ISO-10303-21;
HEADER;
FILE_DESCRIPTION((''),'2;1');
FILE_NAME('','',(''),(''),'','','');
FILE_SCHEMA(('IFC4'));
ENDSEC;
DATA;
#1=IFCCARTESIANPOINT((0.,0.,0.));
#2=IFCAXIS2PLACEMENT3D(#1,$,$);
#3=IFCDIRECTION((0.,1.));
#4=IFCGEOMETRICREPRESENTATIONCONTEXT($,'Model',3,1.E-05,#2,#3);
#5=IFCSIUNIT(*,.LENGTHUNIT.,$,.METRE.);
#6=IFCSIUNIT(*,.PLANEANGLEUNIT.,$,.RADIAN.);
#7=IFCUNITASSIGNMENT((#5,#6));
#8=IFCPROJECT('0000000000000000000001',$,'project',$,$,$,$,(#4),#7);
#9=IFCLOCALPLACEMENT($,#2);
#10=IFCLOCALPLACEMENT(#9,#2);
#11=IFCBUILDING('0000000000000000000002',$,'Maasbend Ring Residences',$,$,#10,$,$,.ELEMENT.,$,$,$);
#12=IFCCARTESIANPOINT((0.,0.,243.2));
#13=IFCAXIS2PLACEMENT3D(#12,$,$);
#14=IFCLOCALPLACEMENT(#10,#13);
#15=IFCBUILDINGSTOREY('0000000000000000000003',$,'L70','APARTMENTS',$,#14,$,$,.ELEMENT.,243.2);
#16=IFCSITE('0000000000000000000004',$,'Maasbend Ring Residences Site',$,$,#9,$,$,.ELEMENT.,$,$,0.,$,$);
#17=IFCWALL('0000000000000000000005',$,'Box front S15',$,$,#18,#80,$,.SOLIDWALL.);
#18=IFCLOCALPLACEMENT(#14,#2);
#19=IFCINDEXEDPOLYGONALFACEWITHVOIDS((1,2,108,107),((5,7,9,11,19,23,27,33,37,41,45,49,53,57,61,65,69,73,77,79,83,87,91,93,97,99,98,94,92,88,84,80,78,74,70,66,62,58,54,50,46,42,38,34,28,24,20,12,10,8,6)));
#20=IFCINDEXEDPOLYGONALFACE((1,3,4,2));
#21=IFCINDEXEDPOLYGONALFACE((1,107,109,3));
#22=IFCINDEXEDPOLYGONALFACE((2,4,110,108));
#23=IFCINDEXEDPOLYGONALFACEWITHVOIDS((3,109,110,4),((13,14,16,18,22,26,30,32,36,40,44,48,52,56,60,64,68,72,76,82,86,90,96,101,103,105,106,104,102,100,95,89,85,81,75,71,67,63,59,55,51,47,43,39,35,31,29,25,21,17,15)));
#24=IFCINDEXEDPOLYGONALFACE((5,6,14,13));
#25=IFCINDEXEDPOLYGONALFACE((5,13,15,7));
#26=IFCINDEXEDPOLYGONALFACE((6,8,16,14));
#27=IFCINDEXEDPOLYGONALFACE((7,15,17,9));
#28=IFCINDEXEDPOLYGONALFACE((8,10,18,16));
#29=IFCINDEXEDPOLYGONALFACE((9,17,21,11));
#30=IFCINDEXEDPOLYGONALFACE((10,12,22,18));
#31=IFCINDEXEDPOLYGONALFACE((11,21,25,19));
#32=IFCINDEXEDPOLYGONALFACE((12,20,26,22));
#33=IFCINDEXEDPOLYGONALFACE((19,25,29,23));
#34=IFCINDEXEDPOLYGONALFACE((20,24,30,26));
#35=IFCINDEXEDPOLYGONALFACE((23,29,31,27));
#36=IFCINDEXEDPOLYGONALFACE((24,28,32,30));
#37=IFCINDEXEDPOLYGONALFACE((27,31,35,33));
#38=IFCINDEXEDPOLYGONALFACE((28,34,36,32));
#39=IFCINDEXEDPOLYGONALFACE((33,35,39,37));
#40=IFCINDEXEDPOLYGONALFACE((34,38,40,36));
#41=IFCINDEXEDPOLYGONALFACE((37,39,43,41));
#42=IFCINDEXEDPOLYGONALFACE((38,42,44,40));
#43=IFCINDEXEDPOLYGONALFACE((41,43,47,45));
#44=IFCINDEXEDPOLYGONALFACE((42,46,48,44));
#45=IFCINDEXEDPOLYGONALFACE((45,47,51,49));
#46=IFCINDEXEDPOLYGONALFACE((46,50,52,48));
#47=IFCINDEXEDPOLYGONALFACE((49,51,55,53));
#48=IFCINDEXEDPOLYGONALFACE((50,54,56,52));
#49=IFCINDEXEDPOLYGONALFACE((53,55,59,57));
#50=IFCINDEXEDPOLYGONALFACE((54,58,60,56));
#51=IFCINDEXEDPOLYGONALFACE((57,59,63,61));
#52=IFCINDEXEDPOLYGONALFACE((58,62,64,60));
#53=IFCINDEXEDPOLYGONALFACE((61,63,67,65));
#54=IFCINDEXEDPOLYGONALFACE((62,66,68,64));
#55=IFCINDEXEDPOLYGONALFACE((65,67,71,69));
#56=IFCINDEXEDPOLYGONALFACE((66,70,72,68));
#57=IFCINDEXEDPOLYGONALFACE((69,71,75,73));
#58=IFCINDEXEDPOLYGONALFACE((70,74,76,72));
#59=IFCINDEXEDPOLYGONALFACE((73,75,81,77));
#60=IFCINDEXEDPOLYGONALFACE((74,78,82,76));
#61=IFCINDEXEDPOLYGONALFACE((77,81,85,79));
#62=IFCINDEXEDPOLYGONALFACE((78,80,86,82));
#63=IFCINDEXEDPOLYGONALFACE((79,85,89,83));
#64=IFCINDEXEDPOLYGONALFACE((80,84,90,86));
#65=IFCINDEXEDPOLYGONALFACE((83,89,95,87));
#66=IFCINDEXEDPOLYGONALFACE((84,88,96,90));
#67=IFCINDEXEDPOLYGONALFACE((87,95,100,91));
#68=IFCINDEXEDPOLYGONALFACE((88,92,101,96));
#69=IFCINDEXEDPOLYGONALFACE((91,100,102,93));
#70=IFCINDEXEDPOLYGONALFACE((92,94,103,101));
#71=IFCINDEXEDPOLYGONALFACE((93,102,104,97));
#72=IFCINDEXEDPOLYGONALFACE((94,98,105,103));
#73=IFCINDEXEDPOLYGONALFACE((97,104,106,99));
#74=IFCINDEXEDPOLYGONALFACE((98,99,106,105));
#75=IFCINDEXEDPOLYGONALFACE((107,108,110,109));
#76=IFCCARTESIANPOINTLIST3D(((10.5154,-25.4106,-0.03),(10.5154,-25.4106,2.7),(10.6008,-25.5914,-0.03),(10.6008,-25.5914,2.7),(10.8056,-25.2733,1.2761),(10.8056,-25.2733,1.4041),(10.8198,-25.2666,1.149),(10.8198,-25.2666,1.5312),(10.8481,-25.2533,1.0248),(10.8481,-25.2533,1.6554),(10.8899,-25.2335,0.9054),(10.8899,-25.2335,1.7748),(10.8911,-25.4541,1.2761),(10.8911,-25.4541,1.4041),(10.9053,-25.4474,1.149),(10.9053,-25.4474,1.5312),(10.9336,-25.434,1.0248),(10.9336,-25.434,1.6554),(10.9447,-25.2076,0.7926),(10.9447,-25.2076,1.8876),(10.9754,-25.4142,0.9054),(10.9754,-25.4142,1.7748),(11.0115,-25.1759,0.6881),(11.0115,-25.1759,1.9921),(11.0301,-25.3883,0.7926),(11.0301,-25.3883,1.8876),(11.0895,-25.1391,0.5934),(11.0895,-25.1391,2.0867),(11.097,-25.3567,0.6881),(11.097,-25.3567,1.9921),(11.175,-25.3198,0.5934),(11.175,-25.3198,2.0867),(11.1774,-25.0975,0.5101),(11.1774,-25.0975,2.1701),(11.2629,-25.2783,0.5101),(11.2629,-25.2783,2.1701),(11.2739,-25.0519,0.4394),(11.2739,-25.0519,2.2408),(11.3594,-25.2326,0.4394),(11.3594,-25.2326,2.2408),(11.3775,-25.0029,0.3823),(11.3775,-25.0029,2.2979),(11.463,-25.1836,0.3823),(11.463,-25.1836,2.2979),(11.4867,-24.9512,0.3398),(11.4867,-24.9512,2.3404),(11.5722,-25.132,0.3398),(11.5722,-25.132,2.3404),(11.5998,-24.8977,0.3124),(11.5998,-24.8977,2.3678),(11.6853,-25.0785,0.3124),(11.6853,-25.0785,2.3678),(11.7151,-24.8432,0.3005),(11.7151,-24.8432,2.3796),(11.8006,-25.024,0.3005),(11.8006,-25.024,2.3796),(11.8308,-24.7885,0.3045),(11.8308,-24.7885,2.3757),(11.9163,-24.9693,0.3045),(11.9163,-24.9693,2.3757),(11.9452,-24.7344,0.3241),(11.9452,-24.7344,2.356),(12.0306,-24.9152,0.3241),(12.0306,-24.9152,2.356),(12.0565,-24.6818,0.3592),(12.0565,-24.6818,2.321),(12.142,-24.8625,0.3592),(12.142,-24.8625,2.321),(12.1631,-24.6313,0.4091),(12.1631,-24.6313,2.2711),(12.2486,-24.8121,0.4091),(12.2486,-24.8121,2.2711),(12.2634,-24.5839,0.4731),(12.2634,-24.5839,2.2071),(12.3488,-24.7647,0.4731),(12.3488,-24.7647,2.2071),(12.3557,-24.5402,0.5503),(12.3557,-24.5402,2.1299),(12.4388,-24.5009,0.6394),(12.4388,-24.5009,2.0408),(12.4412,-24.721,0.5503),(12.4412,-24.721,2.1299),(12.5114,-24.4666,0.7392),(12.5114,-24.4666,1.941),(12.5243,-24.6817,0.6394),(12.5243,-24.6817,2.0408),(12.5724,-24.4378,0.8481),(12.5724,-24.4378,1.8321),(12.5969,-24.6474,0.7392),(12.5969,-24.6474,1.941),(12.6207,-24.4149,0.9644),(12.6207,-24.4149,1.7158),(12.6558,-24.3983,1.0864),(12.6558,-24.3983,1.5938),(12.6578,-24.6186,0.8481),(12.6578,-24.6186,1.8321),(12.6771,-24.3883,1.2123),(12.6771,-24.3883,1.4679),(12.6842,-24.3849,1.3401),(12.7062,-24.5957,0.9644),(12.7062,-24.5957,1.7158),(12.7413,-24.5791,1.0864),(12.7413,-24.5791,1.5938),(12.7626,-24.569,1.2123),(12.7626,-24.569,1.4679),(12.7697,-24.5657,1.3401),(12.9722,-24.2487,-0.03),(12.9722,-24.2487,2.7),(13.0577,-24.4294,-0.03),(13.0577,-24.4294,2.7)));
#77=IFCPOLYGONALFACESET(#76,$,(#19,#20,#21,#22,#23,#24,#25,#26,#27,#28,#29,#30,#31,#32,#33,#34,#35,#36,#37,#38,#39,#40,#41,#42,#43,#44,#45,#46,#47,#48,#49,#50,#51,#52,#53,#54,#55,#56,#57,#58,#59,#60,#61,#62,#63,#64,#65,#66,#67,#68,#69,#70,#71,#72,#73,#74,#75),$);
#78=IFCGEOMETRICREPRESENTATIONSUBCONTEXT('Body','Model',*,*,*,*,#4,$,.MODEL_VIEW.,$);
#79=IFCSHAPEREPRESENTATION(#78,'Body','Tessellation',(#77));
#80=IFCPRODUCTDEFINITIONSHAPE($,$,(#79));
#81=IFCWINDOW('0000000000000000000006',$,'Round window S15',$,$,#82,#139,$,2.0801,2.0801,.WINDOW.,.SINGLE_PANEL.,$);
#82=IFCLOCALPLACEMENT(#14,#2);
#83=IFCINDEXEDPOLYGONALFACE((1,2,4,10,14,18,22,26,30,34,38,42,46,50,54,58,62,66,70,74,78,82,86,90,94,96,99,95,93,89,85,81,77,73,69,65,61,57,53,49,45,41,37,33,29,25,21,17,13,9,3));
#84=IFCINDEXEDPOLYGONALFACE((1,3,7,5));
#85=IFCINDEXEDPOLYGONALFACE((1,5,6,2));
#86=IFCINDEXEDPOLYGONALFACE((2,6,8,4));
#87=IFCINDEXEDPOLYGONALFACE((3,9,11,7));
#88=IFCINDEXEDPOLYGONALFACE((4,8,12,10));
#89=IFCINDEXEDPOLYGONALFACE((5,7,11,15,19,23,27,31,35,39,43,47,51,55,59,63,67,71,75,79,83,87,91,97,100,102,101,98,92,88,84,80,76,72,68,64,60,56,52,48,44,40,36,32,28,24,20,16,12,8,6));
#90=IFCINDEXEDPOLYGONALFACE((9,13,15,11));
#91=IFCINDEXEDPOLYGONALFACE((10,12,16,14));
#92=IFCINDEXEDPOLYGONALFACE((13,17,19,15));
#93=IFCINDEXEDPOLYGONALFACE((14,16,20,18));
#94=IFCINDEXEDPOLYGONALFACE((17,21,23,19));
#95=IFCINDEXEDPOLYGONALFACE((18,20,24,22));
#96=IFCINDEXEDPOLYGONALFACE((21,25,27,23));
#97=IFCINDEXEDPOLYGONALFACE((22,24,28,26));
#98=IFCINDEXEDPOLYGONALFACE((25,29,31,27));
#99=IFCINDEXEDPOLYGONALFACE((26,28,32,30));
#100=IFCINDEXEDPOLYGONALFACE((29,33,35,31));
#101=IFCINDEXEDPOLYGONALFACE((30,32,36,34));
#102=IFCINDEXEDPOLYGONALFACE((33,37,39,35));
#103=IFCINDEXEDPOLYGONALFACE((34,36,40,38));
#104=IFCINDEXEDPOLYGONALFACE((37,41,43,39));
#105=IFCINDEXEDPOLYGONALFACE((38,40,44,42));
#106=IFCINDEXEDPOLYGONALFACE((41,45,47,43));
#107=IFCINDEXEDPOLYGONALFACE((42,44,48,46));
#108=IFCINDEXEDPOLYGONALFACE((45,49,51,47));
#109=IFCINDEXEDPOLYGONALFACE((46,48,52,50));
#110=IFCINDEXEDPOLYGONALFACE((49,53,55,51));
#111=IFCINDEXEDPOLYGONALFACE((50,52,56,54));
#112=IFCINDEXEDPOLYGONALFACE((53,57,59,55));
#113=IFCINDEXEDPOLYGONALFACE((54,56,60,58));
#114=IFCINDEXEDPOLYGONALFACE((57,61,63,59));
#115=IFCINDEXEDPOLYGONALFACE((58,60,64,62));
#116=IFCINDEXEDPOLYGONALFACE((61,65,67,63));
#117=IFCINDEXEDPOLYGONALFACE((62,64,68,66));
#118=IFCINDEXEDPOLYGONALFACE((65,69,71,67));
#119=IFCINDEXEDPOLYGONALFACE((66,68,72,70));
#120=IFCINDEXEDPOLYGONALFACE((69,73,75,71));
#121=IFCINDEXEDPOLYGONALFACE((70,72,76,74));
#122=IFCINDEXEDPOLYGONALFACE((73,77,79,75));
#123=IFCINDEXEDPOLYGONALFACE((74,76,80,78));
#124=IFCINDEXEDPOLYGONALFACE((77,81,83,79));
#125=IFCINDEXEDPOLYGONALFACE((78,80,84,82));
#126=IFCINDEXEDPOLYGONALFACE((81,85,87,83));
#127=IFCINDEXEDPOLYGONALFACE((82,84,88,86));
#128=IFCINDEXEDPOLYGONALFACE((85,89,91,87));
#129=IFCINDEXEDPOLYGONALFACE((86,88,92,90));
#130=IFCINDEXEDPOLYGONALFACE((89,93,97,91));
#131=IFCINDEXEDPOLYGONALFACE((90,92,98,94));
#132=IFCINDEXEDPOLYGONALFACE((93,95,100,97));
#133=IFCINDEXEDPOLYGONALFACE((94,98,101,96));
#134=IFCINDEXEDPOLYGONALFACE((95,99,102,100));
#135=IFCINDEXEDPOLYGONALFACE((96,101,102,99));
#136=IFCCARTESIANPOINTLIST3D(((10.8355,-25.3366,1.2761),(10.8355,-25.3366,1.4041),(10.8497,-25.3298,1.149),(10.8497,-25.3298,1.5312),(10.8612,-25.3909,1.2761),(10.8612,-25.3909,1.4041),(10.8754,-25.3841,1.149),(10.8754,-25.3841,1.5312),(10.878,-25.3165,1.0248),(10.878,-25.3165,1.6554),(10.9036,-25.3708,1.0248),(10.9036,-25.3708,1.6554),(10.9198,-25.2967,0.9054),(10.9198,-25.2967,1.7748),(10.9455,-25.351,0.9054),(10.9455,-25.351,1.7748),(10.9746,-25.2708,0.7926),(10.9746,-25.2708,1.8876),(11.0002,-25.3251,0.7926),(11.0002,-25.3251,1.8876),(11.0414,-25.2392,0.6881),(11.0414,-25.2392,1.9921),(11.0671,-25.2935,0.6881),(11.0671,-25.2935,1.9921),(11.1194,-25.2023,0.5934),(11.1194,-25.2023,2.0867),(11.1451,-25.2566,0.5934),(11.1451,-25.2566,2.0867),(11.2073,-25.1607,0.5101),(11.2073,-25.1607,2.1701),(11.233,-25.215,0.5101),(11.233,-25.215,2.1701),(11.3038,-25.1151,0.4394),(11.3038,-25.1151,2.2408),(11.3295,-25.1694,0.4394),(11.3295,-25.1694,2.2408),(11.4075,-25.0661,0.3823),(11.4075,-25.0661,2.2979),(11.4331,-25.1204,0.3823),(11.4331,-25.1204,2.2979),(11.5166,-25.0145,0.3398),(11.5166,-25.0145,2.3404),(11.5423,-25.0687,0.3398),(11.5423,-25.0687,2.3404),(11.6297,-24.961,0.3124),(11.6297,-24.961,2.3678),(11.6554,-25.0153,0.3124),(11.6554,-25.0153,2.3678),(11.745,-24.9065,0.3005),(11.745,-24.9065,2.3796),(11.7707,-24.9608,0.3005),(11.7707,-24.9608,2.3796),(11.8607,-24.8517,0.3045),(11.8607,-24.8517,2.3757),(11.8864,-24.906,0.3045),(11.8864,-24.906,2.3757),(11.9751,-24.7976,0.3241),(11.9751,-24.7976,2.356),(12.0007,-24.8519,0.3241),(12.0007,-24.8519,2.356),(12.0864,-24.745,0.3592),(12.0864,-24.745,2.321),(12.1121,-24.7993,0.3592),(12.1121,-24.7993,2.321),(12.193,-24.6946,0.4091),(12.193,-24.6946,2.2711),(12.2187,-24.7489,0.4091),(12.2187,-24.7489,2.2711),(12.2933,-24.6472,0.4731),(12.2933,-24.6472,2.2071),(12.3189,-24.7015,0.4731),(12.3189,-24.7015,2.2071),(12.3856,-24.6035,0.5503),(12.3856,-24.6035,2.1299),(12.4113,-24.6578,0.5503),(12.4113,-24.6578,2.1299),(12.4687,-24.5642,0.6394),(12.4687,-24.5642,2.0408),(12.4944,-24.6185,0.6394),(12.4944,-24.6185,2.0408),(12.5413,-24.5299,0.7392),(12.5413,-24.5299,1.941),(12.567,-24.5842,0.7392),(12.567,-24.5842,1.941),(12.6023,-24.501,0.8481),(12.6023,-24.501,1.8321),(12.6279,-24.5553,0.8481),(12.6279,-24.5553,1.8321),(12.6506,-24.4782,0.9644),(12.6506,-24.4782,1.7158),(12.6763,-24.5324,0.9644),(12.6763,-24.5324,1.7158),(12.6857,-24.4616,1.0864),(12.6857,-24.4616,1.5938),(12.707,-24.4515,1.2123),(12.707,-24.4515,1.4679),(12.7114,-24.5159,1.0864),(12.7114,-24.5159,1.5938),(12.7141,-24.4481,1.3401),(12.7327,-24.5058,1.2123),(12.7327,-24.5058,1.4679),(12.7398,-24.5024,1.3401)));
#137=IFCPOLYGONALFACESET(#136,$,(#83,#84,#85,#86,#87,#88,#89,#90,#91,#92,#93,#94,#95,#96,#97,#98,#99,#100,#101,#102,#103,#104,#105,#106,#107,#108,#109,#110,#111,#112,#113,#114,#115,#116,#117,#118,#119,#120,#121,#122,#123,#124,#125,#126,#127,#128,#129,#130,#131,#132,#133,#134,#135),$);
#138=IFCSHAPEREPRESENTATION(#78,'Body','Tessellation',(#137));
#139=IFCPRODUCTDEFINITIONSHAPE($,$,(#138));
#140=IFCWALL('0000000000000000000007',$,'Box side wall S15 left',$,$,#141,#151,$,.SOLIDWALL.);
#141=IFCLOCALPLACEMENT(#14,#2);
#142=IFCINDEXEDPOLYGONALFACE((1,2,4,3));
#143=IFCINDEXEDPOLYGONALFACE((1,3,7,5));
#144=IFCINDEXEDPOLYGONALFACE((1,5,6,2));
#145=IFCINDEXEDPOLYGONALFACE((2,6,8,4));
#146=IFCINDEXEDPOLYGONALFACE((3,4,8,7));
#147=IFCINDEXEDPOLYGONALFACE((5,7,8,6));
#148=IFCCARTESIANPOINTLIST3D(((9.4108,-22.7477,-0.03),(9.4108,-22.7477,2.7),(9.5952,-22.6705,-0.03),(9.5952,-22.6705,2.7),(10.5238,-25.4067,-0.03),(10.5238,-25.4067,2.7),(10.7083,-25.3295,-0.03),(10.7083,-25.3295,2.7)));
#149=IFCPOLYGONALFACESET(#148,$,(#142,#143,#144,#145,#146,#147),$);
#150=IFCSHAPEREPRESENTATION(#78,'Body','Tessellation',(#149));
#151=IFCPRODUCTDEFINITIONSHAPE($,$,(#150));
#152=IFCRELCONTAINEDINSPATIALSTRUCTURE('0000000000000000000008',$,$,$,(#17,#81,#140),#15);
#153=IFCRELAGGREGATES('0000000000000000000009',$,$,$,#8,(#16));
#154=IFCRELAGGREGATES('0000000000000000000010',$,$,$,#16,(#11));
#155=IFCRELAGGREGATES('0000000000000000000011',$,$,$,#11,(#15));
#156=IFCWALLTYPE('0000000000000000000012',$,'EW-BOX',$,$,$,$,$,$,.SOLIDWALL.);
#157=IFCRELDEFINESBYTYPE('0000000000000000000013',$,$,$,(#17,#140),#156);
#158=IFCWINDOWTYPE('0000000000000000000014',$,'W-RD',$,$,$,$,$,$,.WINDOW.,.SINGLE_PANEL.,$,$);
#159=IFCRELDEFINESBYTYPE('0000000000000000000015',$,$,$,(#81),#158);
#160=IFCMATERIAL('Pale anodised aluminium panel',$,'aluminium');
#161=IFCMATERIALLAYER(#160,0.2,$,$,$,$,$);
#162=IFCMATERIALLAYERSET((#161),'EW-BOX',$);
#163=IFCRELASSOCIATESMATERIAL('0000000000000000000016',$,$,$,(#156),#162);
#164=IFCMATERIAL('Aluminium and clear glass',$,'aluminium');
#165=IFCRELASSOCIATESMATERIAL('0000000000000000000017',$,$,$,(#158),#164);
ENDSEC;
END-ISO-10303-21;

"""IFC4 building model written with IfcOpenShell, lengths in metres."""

from ifc_helpers import new_model, si_unit, direction, frame, frame_2d, origin, place, context, subcontext, project, spatial, rectangle, circle, extrude, material, layer, layer_set, type_object, element, fill, save


model = new_model("IFC4")

# Units and contexts
model_context = context("Model", 3, precision=1e-05, world=origin(), true_north=direction((0.0, 1.0)))
body_context = subcontext(model_context, "Body", "Model", "MODEL_VIEW")
ifc_project = project(units=[si_unit("LENGTHUNIT", "METRE"), si_unit("PLANEANGLEUNIT", "RADIAN")], contexts=[model_context])

# Site, building, storey
site_placement = place(None, origin())
site = spatial("IfcSite", under=ifc_project, at=site_placement, Name="Maasbend Ring Residences Site", CompositionType="ELEMENT", RefElevation=0.0)
building_placement = place(site_placement, origin())
building = spatial("IfcBuilding", under=site, at=building_placement, Name="Maasbend Ring Residences", CompositionType="ELEMENT")
storey_placement = place(building_placement, frame((0.0, 0.0, 243.2)))
storey = spatial("IfcBuildingStorey", under=building, at=storey_placement, Name="L70", Description="APARTMENTS", CompositionType="ELEMENT", Elevation=243.2)

# Shared definitions
ifc_material_1 = material(Name="Pale anodised aluminium panel", Category="aluminium")
ifc_layer_1 = layer(ifc_material_1, 0.2)
ifc_layer_set_1 = layer_set([ifc_layer_1], Name="EW-BOX")
wall_type_1 = type_object("IfcWallType", Name="EW-BOX", PredefinedType="SOLIDWALL", material=ifc_layer_set_1)

# Shared definitions
ifc_material_2 = material(Name="Aluminium and clear glass", Category="aluminium")
window_type_1 = type_object("IfcWindowType", Name="W-RD", PartitioningType="SINGLE_PANEL", PredefinedType="WINDOW", material=ifc_material_2)

# Wall, opening, window
wall_1_placement = place(storey_placement, frame((10.5581, -25.501, -0.03), z_axis=(0.0, 0.0, 1.0), x_axis=(0.904005, 0.427522, 0.0)))
wall_1 = element("IfcWall", 1, at=wall_1_placement, inside=storey, type_object=wall_type_1, Name="Box front S15", PredefinedType="SOLIDWALL", context=body_context, shape_type="SweptSolid", body=[
    extrude(rectangle(XDim=2.7178, YDim=0.2, at=frame_2d((1.3589, 0.0))), origin(), (0.0, 0.0, 1.0), 2.73),
])
opening_1_placement = place(wall_1_placement, frame((0.3191, 0.0, 0.3301)))
opening_1 = element("IfcOpeningElement", 2, at=opening_1_placement, cuts=wall_1, PredefinedType="OPENING", context=body_context, shape_type="SweptSolid", body=[
    extrude(circle(Radius=1.04, at=frame_2d((1.04, 1.04))), frame((0.0, 0.1099, 0.0), z_axis=(0.0, -1.0, 0.0), x_axis=(1.0, 0.0, 0.0)), (0.0, 0.0, 1.0), 0.22),
])
window_1_placement = place(opening_1_placement, origin())
window_1 = element("IfcWindow", 3, at=window_1_placement, inside=storey, type_object=window_type_1, Name="Round window S15", OverallHeight=2.0801, OverallWidth=2.0801, PartitioningType="SINGLE_PANEL", PredefinedType="WINDOW", context=body_context, shape_type="SweptSolid", body=[
    extrude(circle(Radius=1.04, at=frame_2d((1.04, 1.04))), frame((0.0, 0.03, 0.0), z_axis=(0.0, -1.0, 0.0), x_axis=(1.0, 0.0, 0.0)), (0.0, 0.0, 1.0), 0.0601),
])
fill(opening_1, window_1)

# Wall
wall_2_placement = place(storey_placement, frame((9.5029, -22.709, -0.03), z_axis=(0.0, 0.0, 1.0), x_axis=(0.386136, -0.922442, 0.0)))
element("IfcWall", 4, at=wall_2_placement, inside=storey, type_object=wall_type_1, Name="Box side wall S15 left", PredefinedType="SOLIDWALL", context=body_context, shape_type="SweptSolid", body=[
    extrude(rectangle(XDim=2.8826, YDim=0.2, at=frame_2d((1.4414, 0.0))), origin(), (0.0, 0.0, 1.0), 2.73),
])

save(model, "model.ifc")
